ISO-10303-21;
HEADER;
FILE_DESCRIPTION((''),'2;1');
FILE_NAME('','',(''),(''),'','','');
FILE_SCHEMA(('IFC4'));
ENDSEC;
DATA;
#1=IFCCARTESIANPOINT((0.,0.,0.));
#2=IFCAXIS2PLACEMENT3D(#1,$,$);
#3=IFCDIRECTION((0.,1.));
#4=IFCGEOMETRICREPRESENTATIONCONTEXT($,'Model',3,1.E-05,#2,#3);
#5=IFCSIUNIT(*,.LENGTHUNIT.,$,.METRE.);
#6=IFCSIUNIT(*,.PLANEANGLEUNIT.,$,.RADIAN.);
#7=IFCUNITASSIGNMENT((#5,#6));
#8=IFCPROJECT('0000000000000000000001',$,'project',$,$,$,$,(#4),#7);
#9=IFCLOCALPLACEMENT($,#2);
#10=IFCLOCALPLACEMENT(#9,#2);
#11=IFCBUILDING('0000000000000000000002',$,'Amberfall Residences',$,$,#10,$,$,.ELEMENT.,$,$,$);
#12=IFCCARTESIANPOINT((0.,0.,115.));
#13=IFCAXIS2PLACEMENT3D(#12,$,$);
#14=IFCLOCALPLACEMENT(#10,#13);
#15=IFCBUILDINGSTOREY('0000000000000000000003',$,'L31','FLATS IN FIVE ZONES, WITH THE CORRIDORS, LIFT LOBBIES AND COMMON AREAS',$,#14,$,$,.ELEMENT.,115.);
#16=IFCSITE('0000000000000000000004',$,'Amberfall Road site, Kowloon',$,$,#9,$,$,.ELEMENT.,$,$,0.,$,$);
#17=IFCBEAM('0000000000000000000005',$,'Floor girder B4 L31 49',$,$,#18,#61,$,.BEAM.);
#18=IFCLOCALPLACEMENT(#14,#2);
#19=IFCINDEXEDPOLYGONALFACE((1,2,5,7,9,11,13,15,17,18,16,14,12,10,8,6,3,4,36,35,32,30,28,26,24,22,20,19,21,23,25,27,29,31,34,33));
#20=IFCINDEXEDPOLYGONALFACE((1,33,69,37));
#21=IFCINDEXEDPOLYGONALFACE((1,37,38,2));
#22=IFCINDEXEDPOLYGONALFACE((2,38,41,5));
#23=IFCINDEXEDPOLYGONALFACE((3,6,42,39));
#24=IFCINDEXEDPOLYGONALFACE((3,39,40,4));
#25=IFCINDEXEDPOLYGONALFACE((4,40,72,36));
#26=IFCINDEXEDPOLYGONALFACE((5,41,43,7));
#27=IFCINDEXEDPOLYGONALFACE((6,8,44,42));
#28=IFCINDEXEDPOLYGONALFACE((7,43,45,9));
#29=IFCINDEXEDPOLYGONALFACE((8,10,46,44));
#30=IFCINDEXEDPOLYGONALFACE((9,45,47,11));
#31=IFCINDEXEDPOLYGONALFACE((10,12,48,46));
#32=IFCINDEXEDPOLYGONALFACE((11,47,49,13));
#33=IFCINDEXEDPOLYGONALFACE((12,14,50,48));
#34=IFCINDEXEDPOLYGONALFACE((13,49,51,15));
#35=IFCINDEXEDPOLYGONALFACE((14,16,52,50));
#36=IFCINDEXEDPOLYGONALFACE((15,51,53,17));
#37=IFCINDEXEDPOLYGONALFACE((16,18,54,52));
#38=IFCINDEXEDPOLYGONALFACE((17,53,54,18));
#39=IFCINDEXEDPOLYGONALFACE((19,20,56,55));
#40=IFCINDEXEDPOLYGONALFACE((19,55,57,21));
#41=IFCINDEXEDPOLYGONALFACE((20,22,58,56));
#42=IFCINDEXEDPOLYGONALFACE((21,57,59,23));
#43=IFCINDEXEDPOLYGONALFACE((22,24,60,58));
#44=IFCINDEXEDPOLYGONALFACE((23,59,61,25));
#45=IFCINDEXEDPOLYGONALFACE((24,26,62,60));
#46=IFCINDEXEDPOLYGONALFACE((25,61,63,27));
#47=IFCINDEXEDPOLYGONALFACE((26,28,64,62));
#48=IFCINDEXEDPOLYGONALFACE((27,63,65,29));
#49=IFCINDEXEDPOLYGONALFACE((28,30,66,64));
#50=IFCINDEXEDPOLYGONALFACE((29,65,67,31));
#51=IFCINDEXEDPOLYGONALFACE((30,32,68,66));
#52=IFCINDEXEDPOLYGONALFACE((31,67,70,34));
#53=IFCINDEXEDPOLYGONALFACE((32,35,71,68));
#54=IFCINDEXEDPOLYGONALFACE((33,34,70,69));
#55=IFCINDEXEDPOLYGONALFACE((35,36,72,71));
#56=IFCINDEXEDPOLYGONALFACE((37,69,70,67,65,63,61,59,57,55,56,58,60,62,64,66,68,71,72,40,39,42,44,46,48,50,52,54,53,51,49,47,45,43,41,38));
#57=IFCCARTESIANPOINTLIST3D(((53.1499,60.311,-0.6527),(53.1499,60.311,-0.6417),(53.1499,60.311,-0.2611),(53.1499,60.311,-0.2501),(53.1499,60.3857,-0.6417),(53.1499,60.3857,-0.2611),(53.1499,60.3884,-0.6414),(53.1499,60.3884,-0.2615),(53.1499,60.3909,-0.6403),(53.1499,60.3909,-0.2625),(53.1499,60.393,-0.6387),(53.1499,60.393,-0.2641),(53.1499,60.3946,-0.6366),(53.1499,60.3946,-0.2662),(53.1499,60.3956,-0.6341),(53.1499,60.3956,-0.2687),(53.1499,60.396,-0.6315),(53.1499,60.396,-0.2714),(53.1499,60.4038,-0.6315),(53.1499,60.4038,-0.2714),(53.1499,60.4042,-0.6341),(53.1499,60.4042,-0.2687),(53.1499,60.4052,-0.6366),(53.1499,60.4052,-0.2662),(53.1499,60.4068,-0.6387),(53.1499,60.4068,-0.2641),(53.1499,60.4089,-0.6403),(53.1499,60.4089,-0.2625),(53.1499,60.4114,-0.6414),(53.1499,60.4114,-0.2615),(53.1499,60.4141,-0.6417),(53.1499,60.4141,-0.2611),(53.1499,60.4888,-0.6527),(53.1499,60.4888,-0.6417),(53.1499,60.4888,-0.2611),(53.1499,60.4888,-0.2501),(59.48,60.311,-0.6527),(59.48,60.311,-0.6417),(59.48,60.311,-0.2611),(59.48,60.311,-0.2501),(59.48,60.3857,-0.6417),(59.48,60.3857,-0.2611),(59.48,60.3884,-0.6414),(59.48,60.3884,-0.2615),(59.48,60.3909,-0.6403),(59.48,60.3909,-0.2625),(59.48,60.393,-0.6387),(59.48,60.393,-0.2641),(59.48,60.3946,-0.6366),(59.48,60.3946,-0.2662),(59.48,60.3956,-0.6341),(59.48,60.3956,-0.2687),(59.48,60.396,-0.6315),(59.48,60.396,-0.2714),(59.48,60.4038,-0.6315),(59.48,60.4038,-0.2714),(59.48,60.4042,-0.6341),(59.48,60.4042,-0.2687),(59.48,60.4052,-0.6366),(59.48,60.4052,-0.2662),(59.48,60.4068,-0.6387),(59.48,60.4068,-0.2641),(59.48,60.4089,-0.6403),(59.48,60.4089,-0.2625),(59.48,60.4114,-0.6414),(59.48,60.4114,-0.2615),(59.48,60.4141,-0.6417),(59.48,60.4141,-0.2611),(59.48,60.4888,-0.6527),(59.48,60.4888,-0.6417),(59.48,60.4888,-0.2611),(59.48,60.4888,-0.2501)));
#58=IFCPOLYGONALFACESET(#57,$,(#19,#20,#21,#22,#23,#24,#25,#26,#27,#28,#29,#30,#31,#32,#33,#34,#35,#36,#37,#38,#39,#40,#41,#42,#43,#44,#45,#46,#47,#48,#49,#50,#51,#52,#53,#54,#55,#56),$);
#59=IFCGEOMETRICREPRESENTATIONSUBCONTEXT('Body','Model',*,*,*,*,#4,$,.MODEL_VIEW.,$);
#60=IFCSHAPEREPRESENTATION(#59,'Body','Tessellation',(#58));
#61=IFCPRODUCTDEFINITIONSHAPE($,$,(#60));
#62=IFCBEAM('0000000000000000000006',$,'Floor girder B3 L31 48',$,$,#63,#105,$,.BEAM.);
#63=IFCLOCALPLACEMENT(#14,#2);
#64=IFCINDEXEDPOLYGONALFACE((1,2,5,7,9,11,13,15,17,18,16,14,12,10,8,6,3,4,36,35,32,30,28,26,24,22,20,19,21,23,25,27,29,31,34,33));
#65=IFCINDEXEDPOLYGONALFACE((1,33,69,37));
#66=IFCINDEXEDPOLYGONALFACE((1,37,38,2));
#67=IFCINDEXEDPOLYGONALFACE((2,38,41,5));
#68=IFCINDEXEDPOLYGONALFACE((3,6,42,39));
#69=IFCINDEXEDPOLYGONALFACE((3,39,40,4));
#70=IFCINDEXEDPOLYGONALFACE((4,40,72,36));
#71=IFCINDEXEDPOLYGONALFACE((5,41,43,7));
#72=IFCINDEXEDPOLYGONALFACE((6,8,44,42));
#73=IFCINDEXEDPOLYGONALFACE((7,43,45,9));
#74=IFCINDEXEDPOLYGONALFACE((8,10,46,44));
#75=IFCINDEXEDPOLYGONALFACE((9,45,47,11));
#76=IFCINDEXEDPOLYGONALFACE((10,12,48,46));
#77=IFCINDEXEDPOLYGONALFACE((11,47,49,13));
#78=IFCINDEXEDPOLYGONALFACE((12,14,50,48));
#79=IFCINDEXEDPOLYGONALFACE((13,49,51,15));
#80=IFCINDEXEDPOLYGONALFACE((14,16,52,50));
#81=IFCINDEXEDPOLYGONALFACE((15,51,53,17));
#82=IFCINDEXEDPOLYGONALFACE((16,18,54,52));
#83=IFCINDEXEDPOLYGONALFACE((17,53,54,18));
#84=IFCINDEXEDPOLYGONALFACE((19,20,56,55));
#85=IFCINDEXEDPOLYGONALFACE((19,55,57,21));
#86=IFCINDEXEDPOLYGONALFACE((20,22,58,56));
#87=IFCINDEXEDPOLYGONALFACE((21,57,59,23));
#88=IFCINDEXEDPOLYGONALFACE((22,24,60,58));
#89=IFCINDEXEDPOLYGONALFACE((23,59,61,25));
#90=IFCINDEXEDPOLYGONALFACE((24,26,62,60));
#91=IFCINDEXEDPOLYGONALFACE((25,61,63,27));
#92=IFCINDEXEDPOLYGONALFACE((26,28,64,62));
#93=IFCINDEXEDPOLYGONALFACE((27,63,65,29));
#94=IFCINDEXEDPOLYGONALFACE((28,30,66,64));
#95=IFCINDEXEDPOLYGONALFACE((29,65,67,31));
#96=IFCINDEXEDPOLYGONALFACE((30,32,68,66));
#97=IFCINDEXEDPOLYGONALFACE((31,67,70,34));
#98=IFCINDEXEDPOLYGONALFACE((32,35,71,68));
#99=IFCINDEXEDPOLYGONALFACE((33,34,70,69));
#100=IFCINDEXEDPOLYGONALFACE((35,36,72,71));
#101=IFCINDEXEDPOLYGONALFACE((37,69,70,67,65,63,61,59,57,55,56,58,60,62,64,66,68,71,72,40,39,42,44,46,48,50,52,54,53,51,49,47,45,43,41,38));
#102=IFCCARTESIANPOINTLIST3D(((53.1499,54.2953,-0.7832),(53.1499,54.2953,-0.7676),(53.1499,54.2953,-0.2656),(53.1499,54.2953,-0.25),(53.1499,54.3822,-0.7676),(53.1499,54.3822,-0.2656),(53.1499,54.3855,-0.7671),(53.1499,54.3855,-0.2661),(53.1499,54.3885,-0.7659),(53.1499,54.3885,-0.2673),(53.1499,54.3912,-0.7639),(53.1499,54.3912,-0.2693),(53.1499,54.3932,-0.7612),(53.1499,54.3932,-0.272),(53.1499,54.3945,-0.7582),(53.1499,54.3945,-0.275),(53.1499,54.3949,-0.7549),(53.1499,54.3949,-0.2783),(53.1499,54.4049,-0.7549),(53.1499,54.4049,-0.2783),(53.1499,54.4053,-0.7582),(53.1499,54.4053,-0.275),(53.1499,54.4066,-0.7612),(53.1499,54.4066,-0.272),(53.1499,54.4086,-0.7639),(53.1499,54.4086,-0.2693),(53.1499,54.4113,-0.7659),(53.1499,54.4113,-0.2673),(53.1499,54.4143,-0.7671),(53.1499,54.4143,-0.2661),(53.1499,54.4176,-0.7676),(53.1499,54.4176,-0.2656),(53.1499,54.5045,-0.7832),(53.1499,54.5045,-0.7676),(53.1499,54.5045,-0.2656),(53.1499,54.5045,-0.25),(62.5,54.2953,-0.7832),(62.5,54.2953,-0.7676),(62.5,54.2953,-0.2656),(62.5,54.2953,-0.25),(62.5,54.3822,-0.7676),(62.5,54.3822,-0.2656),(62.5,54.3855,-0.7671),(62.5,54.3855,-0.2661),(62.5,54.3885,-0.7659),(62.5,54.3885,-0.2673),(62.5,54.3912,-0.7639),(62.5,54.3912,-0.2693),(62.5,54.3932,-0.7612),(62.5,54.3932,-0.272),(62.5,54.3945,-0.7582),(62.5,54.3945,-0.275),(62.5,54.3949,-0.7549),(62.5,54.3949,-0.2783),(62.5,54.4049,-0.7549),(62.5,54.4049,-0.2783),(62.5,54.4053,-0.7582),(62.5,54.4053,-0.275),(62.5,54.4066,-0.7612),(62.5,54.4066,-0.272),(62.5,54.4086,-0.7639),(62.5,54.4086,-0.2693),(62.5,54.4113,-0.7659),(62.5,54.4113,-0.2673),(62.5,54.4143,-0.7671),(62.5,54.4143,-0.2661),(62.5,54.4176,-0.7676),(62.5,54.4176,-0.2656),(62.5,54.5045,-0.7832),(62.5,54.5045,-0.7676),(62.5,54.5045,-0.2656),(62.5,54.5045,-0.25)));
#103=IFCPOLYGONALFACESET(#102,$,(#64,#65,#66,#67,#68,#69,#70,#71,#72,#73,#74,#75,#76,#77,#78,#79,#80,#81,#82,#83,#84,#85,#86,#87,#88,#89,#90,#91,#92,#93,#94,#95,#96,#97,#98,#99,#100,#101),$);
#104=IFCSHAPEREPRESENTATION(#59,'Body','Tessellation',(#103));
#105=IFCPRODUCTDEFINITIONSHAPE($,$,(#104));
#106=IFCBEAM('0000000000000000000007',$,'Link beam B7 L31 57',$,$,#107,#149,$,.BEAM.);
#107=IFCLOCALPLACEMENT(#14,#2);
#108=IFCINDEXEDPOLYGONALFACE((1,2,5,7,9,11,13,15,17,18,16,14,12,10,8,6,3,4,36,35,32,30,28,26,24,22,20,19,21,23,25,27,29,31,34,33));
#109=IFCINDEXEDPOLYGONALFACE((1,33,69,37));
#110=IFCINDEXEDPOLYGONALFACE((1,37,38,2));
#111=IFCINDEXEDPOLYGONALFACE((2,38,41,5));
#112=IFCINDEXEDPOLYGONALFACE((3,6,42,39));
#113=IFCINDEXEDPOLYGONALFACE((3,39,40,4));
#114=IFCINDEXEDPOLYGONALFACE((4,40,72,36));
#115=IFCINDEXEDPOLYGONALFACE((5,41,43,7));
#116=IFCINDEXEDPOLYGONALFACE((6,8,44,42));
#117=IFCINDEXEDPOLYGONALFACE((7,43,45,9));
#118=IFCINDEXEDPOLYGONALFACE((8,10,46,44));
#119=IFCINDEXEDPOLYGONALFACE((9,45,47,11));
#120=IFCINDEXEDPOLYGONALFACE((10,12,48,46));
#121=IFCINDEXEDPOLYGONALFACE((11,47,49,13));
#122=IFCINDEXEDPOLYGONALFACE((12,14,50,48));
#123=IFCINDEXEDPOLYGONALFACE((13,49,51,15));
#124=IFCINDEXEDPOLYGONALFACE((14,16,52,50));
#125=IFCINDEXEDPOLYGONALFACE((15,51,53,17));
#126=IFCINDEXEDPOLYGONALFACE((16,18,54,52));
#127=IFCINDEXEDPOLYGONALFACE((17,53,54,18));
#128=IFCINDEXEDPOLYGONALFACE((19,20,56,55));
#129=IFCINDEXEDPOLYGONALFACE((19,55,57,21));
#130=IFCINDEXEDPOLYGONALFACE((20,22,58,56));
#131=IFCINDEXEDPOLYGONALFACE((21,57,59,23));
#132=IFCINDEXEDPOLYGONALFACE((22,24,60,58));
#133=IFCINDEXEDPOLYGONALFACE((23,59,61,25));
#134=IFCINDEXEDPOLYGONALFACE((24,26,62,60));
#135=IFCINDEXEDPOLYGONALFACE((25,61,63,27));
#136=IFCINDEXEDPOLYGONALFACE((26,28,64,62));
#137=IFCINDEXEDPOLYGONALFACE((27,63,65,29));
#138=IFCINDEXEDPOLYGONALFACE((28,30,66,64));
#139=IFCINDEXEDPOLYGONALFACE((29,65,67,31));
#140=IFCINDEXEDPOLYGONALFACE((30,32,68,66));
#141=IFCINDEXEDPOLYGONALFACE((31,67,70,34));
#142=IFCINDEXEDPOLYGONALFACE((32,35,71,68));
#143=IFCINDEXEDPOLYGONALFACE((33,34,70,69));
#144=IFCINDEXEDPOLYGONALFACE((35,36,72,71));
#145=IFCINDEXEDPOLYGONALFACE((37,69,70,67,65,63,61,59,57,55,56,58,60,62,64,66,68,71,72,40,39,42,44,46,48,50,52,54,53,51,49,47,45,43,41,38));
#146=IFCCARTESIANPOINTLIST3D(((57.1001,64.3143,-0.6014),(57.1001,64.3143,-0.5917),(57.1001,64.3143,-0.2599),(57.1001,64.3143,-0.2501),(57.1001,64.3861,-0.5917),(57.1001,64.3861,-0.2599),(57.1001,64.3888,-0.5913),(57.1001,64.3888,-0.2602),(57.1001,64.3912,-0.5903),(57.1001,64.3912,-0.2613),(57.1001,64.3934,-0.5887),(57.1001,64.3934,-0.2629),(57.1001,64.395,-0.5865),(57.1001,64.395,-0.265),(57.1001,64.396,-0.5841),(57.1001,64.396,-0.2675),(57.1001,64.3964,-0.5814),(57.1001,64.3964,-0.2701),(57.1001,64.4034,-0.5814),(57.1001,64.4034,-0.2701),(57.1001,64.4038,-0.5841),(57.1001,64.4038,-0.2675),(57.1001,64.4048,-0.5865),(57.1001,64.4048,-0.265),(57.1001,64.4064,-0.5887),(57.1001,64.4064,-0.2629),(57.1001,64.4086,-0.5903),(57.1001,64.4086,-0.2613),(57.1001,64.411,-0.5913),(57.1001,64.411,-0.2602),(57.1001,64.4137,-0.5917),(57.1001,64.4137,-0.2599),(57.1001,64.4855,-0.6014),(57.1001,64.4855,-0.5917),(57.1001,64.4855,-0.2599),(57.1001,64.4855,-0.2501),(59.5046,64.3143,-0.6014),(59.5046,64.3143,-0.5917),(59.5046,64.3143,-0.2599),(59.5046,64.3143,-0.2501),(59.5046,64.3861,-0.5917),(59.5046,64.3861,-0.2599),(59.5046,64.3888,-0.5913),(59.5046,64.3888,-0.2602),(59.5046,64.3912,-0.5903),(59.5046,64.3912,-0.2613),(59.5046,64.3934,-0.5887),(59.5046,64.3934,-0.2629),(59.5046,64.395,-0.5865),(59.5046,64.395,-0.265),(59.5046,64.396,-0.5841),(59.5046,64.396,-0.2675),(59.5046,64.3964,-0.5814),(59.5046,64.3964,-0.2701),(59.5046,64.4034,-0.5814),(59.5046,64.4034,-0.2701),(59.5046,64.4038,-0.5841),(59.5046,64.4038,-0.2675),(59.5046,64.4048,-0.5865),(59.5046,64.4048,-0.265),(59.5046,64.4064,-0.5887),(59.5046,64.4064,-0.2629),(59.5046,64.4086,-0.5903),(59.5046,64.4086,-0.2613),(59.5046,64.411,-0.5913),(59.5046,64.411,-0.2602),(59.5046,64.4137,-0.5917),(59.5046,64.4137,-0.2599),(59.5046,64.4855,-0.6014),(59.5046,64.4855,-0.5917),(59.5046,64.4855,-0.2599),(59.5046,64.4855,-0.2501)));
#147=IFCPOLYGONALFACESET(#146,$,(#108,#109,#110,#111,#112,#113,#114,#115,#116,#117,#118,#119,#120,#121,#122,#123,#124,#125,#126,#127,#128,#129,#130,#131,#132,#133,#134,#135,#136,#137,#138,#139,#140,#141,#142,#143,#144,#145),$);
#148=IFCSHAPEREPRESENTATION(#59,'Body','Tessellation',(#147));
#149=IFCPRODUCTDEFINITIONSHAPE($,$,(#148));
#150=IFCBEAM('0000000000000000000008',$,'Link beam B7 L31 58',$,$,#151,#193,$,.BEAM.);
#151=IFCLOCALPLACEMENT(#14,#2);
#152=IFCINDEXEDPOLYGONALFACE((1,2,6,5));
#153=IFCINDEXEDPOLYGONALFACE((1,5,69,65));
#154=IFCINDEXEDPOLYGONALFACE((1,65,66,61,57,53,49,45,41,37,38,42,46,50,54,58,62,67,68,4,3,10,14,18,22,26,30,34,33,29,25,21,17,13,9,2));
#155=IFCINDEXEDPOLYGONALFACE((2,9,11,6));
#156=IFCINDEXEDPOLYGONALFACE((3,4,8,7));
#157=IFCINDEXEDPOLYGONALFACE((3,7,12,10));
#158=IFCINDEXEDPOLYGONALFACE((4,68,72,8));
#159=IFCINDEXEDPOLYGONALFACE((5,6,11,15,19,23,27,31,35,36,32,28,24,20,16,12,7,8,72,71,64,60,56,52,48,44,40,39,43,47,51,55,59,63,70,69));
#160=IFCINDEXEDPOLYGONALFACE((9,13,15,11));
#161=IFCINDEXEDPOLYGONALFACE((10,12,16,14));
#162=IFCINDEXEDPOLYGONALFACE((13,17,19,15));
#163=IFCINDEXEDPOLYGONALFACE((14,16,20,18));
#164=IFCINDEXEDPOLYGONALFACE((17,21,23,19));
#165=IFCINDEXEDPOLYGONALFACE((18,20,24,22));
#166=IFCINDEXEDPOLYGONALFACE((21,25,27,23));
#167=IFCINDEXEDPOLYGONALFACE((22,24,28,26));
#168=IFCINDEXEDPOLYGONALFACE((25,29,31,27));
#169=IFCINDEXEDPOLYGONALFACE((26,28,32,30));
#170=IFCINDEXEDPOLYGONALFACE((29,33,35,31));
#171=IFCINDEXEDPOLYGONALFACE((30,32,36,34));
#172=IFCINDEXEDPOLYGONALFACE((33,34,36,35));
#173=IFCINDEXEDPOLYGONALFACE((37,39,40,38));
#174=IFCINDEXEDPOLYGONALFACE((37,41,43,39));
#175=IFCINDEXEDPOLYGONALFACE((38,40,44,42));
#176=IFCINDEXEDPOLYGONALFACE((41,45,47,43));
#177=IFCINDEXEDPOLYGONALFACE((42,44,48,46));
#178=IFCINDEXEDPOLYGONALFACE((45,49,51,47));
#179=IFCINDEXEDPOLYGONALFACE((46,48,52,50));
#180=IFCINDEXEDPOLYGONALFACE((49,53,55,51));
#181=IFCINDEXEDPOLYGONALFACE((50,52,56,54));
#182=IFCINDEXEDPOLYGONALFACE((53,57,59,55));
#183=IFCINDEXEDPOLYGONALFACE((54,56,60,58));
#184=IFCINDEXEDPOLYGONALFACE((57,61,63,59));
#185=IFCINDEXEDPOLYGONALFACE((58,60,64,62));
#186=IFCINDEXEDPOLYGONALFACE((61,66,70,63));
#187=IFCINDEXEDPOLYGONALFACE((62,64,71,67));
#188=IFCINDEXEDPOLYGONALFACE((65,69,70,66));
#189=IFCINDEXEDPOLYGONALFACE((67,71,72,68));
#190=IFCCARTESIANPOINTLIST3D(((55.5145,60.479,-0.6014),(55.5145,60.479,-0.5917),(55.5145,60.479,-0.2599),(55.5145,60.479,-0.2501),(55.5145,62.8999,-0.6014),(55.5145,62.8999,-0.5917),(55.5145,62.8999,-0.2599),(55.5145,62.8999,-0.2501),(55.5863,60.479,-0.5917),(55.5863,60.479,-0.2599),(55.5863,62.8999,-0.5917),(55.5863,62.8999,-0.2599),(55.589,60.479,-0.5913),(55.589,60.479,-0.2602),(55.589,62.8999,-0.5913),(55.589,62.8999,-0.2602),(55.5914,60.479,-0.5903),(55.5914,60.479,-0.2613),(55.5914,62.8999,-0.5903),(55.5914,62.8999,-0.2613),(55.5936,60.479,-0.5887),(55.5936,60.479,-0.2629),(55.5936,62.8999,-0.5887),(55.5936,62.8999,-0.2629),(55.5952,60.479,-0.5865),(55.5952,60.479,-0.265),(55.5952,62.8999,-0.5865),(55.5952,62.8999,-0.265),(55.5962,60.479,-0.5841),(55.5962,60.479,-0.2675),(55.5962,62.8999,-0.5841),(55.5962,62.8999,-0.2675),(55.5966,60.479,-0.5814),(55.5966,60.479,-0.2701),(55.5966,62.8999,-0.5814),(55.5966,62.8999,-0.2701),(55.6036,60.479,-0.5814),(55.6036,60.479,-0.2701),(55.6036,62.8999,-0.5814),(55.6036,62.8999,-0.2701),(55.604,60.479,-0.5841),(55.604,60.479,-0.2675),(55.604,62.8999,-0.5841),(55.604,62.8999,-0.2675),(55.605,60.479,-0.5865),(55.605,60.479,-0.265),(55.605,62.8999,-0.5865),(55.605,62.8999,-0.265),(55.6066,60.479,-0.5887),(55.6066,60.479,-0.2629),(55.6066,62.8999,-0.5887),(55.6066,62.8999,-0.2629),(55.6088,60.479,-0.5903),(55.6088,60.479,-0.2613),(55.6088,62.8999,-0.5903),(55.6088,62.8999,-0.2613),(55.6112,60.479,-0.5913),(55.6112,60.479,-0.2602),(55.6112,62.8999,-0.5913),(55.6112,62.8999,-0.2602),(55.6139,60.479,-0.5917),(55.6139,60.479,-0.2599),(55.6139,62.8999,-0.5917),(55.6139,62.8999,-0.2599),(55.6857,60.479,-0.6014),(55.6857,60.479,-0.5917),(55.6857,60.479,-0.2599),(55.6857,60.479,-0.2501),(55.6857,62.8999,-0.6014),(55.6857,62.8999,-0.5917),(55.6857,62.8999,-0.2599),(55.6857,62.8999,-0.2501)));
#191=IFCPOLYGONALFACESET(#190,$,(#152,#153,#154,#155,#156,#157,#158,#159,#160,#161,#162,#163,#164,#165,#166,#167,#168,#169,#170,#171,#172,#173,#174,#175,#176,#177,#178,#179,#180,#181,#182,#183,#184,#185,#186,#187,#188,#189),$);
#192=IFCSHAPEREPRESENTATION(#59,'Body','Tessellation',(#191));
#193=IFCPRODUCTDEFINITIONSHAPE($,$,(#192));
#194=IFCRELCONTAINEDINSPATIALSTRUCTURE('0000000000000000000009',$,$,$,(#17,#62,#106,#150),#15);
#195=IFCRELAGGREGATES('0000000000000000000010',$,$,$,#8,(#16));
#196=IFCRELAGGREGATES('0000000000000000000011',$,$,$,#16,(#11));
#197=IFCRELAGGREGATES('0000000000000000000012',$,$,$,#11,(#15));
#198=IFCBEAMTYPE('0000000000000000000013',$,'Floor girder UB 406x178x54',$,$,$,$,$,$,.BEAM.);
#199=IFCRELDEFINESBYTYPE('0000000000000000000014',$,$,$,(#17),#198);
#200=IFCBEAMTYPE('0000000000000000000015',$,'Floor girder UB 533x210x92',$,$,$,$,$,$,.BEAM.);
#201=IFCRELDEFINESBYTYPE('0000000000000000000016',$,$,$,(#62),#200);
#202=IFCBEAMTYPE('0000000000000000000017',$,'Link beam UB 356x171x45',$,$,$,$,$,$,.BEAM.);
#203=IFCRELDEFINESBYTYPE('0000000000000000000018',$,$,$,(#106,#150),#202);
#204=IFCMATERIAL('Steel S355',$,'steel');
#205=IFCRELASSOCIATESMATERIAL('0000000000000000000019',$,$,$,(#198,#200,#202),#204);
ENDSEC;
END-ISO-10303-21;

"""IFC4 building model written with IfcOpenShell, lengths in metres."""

from ifc_helpers import new_model, si_unit, direction, frame, origin, origin_2d, place, context, subcontext, project, spatial, i_section, extrude, material, material_profile, profile_set, type_object, element, save


model = new_model("IFC4")

# Units and contexts
model_context = context("Model", 3, precision=1e-05, world=origin(), true_north=direction((0.0, 1.0)))
body_context = subcontext(model_context, "Body", "Model", "MODEL_VIEW")
ifc_project = project(units=[si_unit("LENGTHUNIT", "METRE"), si_unit("PLANEANGLEUNIT", "RADIAN")], contexts=[model_context])

# Site, building, storey
site_placement = place(None, origin())
site = spatial("IfcSite", under=ifc_project, at=site_placement, Name="Amberfall Road site, Kowloon", CompositionType="ELEMENT", RefElevation=0.0)
building_placement = place(site_placement, origin())
building = spatial("IfcBuilding", under=site, at=building_placement, Name="Amberfall Residences", CompositionType="ELEMENT")
storey_placement = place(building_placement, frame((0.0, 0.0, 115.0)))
storey = spatial("IfcBuildingStorey", under=building, at=storey_placement, Name="L31", Description="FLATS IN FIVE ZONES, WITH THE CORRIDORS, LIFT LOBBIES AND COMMON AREAS", CompositionType="ELEMENT", Elevation=115.0)

# Shared definitions
ifc_material_1 = material(Name="Steel S355", Category="steel")

# Beams
ifc_material_profile_1 = material_profile(ifc_material_1, i_section(OverallWidth=0.1777, OverallDepth=0.4026, WebThickness=0.0078, FlangeThickness=0.011, FilletRadius=0.0103, at=origin_2d()), Name="UB 406x178x54")
ifc_profile_set_1 = profile_set([ifc_material_profile_1], Name="Steel S355")
beam_type_1 = type_object("IfcBeamType", Name="Floor girder UB 406x178x54", PredefinedType="BEAM", material=ifc_profile_set_1)
beam_1_placement = place(storey_placement, frame((53.1499, 60.3999, -0.4514), z_axis=(1.0, 0.0, 0.0), x_axis=(0.0, 1.0, 0.0)))
element("IfcBeam", 1, at=beam_1_placement, inside=storey, type_object=beam_type_1, Name="Floor girder B4 L31 49", PredefinedType="BEAM", context=body_context, shape_type="SweptSolid", body=[
    extrude(i_section(OverallWidth=0.1777, OverallDepth=0.4026, WebThickness=0.0078, FlangeThickness=0.011, FilletRadius=0.0103, at=origin_2d()), origin(), (0.0, 0.0, 1.0), 6.3301),
])
ifc_material_profile_2 = material_profile(ifc_material_1, i_section(OverallWidth=0.2092, OverallDepth=0.5332, WebThickness=0.01, FlangeThickness=0.0156, FilletRadius=0.0127, at=origin_2d()), Name="UB 533x210x92")
ifc_profile_set_2 = profile_set([ifc_material_profile_2], Name="Steel S355")
beam_type_2 = type_object("IfcBeamType", Name="Floor girder UB 533x210x92", PredefinedType="BEAM", material=ifc_profile_set_2)
beam_2_placement = place(storey_placement, frame((53.1499, 54.3999, -0.5166), z_axis=(1.0, 0.0, 0.0), x_axis=(0.0, 1.0, 0.0)))
element("IfcBeam", 2, at=beam_2_placement, inside=storey, type_object=beam_type_2, Name="Floor girder B3 L31 48", PredefinedType="BEAM", context=body_context, shape_type="SweptSolid", body=[
    extrude(i_section(OverallWidth=0.2092, OverallDepth=0.5332, WebThickness=0.01, FlangeThickness=0.0156, FilletRadius=0.0127, at=origin_2d()), origin(), (0.0, 0.0, 1.0), 9.3501),
])
ifc_material_profile_3 = material_profile(ifc_material_1, i_section(OverallWidth=0.1711, OverallDepth=0.3513, WebThickness=0.0071, FlangeThickness=0.0098, FilletRadius=0.0103, at=origin_2d()), Name="UB 356x171x45")
ifc_profile_set_3 = profile_set([ifc_material_profile_3], Name="Steel S355")
beam_type_3 = type_object("IfcBeamType", Name="Link beam UB 356x171x45", PredefinedType="BEAM", material=ifc_profile_set_3)
beam_3_placement = place(storey_placement, frame((57.1001, 64.3999, -0.4258), z_axis=(1.0, 0.0, 0.0), x_axis=(0.0, 1.0, 0.0)))
element("IfcBeam", 3, at=beam_3_placement, inside=storey, type_object=beam_type_3, Name="Link beam B7 L31 57", PredefinedType="BEAM", context=body_context, shape_type="SweptSolid", body=[
    extrude(i_section(OverallWidth=0.1711, OverallDepth=0.3513, WebThickness=0.0071, FlangeThickness=0.0098, FilletRadius=0.0103, at=origin_2d()), origin(), (0.0, 0.0, 1.0), 2.4045),
])
beam_4_placement = place(storey_placement, frame((55.6001, 62.8999, -0.4258), z_axis=(0.0, -1.0, 0.0), x_axis=(1.0, 0.0, 0.0)))
element("IfcBeam", 4, at=beam_4_placement, inside=storey, type_object=beam_type_3, Name="Link beam B7 L31 58", PredefinedType="BEAM", context=body_context, shape_type="SweptSolid", body=[
    extrude(i_section(OverallWidth=0.1711, OverallDepth=0.3513, WebThickness=0.0071, FlangeThickness=0.0098, FilletRadius=0.0103, at=origin_2d()), origin(), (0.0, 0.0, 1.0), 2.4209),
])

save(model, "model.ifc")
